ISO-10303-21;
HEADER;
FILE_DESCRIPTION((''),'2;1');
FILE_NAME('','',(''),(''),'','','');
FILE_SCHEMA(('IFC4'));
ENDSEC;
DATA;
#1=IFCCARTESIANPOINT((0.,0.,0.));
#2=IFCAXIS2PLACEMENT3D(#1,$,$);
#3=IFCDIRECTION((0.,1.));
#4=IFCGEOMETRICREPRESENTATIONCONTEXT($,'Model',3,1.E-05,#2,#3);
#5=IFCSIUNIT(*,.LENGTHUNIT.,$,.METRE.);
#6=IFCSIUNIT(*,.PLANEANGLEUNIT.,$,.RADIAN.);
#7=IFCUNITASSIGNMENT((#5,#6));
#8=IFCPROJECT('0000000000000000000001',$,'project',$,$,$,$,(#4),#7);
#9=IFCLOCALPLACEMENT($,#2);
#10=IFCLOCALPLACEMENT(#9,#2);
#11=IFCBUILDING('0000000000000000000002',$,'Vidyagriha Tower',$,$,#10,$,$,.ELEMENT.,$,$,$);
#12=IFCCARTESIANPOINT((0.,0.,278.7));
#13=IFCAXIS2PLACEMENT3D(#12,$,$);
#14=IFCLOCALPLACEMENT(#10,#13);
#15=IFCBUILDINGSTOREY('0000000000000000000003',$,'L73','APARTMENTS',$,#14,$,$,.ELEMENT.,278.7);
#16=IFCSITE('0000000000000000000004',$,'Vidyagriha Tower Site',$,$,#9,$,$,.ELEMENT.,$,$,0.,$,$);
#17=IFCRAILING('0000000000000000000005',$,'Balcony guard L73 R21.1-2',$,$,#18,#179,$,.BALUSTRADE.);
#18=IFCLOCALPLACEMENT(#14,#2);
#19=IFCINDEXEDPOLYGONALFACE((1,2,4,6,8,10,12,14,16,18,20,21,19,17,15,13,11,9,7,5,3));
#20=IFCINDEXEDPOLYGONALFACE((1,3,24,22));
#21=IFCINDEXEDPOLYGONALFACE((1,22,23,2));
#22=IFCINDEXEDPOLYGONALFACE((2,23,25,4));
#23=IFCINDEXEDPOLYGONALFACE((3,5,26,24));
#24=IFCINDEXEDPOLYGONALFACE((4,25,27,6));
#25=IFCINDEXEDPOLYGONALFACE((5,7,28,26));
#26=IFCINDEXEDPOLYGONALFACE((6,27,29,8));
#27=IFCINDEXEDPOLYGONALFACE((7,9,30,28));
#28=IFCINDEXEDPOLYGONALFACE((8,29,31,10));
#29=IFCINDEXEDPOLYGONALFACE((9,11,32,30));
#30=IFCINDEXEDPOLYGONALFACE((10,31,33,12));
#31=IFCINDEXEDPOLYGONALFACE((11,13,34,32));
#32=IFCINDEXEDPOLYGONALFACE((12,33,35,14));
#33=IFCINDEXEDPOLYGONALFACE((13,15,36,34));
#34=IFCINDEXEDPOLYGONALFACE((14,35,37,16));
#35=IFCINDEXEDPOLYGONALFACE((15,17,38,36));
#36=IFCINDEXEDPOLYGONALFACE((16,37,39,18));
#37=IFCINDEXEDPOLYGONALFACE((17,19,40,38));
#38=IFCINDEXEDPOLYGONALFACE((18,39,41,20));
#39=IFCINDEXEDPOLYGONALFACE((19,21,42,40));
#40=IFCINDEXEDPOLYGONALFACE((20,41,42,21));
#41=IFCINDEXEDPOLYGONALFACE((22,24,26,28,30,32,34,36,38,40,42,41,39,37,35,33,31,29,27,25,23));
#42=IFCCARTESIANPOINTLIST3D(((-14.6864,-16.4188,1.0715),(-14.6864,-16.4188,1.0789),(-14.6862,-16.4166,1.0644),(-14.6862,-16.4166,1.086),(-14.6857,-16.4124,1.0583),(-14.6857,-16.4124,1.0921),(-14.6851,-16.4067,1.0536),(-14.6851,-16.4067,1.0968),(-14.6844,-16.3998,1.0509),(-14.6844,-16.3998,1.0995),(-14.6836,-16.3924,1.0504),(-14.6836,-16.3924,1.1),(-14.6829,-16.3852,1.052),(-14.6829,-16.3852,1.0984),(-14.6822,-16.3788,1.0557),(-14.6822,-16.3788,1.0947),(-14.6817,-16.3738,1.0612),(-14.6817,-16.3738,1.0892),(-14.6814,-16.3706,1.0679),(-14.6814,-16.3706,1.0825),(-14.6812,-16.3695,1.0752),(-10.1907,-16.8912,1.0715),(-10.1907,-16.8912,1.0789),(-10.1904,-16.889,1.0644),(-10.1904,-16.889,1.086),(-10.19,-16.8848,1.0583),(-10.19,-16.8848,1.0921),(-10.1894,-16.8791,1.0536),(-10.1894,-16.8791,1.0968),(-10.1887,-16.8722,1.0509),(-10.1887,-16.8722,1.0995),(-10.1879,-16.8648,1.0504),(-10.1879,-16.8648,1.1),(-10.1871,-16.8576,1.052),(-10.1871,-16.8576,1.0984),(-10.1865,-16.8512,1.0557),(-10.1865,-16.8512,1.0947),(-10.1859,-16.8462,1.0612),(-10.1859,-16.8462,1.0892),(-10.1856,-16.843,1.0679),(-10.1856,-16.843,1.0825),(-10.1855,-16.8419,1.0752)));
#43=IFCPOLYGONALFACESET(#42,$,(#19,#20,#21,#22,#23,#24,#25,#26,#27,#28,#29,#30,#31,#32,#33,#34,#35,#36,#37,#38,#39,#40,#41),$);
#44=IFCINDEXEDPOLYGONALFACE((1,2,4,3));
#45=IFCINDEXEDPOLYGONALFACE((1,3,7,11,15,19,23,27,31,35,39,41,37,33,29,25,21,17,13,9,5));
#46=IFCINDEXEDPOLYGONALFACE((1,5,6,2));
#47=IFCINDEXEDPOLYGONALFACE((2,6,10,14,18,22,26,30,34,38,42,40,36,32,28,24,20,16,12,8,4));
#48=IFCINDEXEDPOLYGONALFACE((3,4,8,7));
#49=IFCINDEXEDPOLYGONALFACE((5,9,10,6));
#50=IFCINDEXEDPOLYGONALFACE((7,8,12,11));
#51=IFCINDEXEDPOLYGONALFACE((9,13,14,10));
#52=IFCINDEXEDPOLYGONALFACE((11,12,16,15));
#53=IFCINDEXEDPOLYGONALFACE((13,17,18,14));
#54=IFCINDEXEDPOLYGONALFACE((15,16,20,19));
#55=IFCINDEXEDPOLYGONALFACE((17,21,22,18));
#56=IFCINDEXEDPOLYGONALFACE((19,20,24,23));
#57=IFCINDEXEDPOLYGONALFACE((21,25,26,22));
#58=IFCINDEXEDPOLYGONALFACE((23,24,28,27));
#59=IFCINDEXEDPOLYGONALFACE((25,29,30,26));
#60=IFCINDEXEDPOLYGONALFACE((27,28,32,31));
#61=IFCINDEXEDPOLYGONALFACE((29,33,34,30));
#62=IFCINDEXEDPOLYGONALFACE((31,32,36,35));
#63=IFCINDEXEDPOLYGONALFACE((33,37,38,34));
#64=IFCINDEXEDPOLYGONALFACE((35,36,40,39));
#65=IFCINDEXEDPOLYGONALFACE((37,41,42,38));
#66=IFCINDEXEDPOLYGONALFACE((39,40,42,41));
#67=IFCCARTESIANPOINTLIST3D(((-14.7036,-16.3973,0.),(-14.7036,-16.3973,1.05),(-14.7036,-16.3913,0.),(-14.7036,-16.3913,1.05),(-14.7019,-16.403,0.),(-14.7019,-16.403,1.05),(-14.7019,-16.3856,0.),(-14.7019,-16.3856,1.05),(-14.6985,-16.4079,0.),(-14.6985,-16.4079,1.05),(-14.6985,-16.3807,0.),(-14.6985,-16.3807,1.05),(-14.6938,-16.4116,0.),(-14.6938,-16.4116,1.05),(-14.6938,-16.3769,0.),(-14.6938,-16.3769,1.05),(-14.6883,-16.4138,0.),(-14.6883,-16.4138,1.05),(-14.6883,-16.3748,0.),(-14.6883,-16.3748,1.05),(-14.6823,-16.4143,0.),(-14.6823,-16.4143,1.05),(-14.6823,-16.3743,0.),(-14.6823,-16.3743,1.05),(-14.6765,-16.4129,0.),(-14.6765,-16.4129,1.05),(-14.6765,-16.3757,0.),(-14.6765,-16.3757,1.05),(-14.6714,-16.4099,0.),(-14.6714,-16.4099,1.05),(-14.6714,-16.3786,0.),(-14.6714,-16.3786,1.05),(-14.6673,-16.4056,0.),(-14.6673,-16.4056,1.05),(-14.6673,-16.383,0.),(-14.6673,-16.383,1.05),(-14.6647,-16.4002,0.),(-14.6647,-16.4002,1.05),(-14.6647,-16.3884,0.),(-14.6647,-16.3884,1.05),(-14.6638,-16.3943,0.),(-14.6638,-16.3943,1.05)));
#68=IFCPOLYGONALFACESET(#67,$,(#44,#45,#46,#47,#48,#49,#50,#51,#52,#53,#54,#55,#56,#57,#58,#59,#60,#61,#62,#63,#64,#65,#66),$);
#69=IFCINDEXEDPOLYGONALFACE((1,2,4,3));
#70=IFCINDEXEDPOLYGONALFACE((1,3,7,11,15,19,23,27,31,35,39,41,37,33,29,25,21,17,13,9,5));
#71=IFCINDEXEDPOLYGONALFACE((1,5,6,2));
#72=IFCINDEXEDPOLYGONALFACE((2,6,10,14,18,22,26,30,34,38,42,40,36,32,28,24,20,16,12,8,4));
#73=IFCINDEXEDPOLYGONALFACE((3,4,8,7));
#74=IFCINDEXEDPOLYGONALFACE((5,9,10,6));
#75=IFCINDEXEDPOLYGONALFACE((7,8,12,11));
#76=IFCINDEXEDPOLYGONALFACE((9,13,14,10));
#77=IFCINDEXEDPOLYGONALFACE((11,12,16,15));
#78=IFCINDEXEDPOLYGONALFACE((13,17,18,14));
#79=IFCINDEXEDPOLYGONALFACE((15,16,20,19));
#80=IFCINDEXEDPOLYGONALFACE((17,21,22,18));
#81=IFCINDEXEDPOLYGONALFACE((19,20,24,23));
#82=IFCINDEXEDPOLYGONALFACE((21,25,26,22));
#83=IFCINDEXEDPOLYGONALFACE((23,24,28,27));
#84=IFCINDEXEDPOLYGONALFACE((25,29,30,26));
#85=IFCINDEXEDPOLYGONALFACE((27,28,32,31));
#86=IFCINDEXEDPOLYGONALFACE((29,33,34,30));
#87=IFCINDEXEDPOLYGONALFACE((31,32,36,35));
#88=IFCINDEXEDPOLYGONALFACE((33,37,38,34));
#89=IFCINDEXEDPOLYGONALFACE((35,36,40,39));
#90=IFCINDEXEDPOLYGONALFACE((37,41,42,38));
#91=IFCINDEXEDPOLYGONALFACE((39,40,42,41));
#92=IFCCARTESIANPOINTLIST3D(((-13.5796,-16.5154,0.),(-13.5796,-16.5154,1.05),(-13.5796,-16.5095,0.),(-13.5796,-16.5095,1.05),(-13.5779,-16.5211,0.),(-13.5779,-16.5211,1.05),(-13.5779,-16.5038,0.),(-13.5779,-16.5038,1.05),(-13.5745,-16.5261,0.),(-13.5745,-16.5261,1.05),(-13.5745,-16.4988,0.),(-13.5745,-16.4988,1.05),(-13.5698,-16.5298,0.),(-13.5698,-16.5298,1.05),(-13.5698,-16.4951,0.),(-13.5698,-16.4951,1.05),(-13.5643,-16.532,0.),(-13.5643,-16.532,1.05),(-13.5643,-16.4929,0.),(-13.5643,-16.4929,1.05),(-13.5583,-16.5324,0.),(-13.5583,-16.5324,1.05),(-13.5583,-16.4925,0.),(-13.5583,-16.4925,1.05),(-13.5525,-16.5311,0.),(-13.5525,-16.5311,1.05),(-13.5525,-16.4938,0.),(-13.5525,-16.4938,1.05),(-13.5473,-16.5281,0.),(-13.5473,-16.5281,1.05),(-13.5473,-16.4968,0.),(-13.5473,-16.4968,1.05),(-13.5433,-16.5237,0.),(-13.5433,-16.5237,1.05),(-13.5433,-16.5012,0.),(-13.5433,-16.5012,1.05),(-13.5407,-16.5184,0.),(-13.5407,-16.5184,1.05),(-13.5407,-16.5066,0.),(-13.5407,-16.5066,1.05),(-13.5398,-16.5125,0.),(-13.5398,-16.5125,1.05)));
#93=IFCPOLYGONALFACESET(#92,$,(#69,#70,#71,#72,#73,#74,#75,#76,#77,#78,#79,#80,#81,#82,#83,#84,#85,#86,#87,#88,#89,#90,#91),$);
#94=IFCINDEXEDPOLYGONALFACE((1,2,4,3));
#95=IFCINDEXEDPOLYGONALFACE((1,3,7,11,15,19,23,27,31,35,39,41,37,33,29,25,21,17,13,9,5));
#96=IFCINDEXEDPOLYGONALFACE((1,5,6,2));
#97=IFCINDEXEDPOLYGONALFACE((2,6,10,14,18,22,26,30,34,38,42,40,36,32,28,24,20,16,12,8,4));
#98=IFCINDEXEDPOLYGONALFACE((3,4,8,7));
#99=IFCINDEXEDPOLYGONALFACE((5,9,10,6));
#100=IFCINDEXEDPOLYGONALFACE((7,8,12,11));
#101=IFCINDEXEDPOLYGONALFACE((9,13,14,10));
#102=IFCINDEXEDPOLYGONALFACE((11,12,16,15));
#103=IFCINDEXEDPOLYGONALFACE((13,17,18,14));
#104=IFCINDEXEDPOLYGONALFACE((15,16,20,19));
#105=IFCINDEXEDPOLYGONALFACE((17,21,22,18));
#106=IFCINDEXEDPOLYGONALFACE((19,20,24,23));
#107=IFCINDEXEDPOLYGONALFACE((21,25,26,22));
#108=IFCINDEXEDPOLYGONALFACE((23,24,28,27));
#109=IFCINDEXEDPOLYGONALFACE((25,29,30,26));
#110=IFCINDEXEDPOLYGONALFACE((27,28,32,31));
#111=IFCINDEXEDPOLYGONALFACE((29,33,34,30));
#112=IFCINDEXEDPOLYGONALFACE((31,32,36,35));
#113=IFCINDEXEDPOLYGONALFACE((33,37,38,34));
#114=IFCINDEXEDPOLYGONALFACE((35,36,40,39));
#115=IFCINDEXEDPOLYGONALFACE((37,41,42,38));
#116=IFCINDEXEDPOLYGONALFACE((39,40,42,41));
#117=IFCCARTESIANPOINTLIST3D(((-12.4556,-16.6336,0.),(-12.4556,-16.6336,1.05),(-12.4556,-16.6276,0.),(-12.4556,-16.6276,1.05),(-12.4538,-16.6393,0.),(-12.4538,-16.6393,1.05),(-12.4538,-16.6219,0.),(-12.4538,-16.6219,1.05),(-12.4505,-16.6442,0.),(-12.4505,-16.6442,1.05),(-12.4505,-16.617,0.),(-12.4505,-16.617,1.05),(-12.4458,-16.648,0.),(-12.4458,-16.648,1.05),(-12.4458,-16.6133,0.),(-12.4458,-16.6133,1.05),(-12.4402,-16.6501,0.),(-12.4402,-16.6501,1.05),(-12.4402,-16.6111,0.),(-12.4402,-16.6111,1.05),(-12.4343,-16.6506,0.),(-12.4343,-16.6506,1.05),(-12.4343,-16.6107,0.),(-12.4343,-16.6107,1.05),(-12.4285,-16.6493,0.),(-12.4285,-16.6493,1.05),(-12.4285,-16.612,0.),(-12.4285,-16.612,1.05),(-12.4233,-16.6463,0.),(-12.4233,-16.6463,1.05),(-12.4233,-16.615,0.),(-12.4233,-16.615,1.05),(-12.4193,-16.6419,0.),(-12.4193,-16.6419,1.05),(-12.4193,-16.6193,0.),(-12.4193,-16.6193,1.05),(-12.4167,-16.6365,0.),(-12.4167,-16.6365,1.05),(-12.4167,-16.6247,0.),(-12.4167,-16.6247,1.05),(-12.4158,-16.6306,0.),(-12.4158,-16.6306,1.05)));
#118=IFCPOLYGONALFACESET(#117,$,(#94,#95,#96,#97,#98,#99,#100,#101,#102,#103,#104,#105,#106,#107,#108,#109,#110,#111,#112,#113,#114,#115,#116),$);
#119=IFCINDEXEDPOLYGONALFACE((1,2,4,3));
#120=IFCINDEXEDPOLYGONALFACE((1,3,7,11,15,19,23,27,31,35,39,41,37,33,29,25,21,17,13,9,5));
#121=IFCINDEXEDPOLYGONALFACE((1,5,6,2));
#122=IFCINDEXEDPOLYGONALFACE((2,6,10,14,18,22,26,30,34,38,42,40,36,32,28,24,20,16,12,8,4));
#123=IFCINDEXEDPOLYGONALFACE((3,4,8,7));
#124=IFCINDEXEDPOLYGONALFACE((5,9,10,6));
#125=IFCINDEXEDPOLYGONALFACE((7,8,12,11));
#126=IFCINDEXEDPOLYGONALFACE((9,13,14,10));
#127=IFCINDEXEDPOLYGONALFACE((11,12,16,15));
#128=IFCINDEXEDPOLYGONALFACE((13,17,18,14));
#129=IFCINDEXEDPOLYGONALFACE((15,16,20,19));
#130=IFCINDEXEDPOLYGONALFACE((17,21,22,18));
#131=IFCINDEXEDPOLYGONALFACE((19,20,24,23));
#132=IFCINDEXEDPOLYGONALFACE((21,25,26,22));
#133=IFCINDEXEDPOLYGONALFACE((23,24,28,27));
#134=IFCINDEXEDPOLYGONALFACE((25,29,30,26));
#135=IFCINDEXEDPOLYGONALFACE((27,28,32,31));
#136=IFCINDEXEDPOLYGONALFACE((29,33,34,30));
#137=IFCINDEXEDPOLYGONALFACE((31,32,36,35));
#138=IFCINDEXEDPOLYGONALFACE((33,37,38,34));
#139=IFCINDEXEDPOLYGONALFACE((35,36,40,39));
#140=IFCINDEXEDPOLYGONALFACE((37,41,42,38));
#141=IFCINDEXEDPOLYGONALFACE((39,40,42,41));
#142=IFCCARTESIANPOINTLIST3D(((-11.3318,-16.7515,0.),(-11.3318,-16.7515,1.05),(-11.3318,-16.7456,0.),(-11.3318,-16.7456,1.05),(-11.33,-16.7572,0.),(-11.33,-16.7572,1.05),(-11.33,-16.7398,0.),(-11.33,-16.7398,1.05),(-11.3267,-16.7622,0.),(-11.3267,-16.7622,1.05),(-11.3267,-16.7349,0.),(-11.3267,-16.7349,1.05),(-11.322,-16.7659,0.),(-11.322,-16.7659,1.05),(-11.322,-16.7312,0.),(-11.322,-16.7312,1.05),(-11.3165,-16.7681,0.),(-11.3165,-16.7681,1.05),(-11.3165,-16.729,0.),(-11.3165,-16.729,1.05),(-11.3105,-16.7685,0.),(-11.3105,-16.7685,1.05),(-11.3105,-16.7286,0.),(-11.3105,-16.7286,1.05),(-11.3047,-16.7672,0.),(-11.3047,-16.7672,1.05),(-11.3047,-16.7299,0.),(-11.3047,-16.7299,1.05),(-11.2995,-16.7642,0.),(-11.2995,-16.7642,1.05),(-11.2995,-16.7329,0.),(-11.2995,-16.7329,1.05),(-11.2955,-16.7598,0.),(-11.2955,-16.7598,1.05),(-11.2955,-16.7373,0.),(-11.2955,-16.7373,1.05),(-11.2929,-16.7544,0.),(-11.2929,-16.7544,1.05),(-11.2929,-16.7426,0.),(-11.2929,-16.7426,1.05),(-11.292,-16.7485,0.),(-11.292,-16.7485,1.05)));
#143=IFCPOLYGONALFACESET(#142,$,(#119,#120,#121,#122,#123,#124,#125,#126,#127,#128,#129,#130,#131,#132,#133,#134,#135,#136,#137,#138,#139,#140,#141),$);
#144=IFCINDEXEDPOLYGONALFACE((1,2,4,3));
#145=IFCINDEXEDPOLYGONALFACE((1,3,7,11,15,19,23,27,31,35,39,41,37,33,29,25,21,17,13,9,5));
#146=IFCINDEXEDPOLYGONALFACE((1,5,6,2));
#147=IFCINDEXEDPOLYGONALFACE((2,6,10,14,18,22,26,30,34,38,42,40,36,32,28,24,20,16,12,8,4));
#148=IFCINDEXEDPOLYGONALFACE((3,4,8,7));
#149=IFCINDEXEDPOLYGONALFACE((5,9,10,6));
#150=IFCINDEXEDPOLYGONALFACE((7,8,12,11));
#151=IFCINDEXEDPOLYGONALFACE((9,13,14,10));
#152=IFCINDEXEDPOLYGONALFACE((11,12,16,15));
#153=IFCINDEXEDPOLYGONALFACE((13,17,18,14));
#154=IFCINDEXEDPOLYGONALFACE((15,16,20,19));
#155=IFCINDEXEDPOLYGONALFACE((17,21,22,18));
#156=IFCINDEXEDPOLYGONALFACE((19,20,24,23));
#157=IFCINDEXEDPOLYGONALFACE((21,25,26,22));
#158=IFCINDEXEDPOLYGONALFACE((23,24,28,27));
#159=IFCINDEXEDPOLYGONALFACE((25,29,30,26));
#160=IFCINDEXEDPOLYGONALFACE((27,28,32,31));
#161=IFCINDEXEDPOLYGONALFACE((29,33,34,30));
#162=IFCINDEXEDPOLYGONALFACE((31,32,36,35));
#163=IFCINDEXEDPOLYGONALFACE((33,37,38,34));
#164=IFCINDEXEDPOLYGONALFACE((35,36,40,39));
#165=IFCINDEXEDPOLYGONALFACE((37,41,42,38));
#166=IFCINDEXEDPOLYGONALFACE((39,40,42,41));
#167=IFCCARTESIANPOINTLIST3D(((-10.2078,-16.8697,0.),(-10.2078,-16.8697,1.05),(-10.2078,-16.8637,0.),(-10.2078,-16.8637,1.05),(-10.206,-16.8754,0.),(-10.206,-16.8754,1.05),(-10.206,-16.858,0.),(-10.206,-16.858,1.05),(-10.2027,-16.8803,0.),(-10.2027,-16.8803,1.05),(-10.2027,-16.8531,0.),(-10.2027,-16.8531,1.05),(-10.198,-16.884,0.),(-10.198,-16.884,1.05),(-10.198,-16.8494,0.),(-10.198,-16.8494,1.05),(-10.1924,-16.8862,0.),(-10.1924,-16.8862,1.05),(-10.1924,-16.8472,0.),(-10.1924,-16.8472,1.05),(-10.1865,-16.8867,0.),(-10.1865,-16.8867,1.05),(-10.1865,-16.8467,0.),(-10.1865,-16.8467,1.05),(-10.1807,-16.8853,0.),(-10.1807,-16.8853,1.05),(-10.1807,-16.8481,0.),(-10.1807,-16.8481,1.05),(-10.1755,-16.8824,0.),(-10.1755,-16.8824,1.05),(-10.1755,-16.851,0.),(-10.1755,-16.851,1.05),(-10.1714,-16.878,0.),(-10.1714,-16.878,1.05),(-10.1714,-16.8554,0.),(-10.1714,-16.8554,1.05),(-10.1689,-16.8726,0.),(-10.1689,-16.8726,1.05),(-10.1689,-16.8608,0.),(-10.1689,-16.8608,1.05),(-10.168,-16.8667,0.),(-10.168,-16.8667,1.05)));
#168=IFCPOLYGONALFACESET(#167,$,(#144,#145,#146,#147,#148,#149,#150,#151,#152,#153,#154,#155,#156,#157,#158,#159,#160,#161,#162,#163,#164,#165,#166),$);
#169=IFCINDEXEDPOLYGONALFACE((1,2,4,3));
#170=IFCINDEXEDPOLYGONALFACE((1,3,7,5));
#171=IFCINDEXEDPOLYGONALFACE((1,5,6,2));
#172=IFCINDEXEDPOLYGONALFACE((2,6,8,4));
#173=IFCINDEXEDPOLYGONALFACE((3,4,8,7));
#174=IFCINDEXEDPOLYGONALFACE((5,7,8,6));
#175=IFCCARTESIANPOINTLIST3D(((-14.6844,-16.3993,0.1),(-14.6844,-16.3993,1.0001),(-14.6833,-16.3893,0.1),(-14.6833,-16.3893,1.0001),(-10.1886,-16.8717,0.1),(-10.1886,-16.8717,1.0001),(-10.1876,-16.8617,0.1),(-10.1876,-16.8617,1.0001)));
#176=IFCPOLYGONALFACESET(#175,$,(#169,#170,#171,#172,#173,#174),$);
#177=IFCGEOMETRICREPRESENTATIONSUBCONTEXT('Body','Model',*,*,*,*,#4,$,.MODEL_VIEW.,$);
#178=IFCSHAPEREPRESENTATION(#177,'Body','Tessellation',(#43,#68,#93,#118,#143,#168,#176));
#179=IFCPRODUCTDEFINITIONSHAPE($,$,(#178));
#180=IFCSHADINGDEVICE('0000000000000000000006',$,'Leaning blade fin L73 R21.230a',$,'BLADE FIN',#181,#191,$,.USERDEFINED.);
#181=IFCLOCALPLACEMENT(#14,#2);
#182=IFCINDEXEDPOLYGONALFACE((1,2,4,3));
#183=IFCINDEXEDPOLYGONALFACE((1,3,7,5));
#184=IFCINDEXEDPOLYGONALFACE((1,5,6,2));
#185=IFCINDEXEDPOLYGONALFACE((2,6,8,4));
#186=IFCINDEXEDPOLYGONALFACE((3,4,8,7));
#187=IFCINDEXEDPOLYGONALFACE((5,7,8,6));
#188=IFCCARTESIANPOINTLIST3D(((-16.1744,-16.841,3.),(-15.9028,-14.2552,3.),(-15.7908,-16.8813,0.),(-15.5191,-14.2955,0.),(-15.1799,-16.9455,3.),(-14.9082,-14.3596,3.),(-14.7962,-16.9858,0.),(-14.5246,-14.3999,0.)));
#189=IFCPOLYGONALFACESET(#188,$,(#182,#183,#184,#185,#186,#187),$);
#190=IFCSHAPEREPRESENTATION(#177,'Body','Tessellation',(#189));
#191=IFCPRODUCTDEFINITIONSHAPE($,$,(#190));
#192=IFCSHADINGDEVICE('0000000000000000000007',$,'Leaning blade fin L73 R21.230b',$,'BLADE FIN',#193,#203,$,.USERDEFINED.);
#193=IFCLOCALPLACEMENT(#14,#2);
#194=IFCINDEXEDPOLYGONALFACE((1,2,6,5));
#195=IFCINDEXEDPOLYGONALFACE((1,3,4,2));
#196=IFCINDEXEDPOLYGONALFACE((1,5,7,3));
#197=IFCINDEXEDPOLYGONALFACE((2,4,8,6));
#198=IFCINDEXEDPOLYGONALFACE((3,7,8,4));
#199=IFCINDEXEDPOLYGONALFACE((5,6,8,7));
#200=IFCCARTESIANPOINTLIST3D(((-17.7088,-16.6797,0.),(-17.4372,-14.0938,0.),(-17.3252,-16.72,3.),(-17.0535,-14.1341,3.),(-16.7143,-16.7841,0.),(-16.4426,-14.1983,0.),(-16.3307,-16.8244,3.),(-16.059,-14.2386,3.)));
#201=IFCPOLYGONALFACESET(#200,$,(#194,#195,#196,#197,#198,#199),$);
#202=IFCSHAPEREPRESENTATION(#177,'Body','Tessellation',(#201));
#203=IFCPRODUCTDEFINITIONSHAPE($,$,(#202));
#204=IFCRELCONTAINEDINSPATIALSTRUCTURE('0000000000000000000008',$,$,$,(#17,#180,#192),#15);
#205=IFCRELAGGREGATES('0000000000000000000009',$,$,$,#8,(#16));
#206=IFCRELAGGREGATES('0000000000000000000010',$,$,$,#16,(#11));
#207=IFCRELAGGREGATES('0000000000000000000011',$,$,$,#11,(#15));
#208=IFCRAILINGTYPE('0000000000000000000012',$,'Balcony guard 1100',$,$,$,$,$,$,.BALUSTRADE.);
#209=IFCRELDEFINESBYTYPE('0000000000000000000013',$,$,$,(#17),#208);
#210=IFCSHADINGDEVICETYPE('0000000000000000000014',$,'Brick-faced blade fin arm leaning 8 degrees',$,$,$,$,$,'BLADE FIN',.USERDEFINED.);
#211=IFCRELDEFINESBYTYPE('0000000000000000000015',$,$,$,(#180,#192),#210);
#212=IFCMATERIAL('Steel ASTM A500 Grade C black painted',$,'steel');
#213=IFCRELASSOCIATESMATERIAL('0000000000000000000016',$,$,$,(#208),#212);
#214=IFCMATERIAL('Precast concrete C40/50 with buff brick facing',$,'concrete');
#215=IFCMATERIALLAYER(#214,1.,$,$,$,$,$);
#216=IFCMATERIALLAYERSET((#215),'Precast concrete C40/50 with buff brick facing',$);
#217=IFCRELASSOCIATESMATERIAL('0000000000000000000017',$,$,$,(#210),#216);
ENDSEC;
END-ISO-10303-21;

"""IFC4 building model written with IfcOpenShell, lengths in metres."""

from ifc_helpers import new_model, si_unit, direction, frame, origin, origin_2d, place, context, subcontext, project, spatial, polyline, rectangle, circle, outline, extrude, material, layer, layer_set, type_object, element, save


model = new_model("IFC4")

# Units and contexts
model_context = context("Model", 3, precision=1e-05, world=origin(), true_north=direction((0.0, 1.0)))
body_context = subcontext(model_context, "Body", "Model", "MODEL_VIEW")
ifc_project = project(units=[si_unit("LENGTHUNIT", "METRE"), si_unit("PLANEANGLEUNIT", "RADIAN")], contexts=[model_context])

# Site, building, storey
site_placement = place(None, origin())
site = spatial("IfcSite", under=ifc_project, at=site_placement, Name="Vidyagriha Tower Site", CompositionType="ELEMENT", RefElevation=0.0)
building_placement = place(site_placement, origin())
building = spatial("IfcBuilding", under=site, at=building_placement, Name="Vidyagriha Tower", CompositionType="ELEMENT")
storey_placement = place(building_placement, frame((0.0, 0.0, 278.7)))
storey = spatial("IfcBuildingStorey", under=building, at=storey_placement, Name="L73", Description="APARTMENTS", CompositionType="ELEMENT", Elevation=278.7)

# Railing
ifc_material_1 = material(Name="Steel ASTM A500 Grade C black painted", Category="steel")
railing_type_1 = type_object("IfcRailingType", Name="Balcony guard 1100", PredefinedType="BALUSTRADE", material=ifc_material_1)
railing_1_placement = place(storey_placement, frame((-14.6838, -16.3943, 0.0)))
element("IfcRailing", 1, at=railing_1_placement, inside=storey, type_object=railing_type_1, Name="Balcony guard L73 R21.1-2", PredefinedType="BALUSTRADE", context=body_context, shape_type="SweptSolid", body=[
    extrude(circle(Radius=0.0249, at=origin_2d()), frame((0.0, 0.0, 1.0752), z_axis=(0.994525, -0.104502, 0.0), x_axis=(0.104502, 0.994525, 0.0)), (0.0, 0.0, 1.0), 4.5205),
    extrude(circle(Radius=0.02, at=origin_2d()), origin(), (0.0, 0.0, 1.0), 1.05),
    extrude(circle(Radius=0.02, at=origin_2d()), frame((1.124, -0.1182, 0.0)), (0.0, 0.0, 1.0), 1.05),
    extrude(circle(Radius=0.02, at=origin_2d()), frame((2.248, -0.2363, 0.0)), (0.0, 0.0, 1.0), 1.05),
    extrude(circle(Radius=0.02, at=origin_2d()), frame((3.3718, -0.3542, 0.0)), (0.0, 0.0, 1.0), 1.05),
    extrude(circle(Radius=0.02, at=origin_2d()), frame((4.4958, -0.4724, 0.0)), (0.0, 0.0, 1.0), 1.05),
    extrude(rectangle(XDim=0.01, YDim=0.9001, at=origin_2d()), frame((0.0, 0.0, 0.55), z_axis=(0.994525, -0.104502, 0.0), x_axis=(0.104502, 0.994525, 0.0)), (0.0, 0.0, 1.0), 4.5205),
])

# Shading devices
ifc_material_2 = material(Name="Precast concrete C40/50 with buff brick facing", Category="concrete")
ifc_layer_1 = layer(ifc_material_2, 1.0)
ifc_layer_set_1 = layer_set([ifc_layer_1], Name="Precast concrete C40/50 with buff brick facing")
shading_device_type = type_object("IfcShadingDeviceType", Name="Brick-faced blade fin arm leaning 8 degrees", ElementType="BLADE FIN", PredefinedType="USERDEFINED", material=ifc_layer_set_1)
shading_device_1_placement = place(storey_placement, frame((-16.0386, -15.5481, 0.0), z_axis=(0.0, 0.0, 1.0), x_axis=(0.994528, -0.104474, 0.0)))
element("IfcShadingDevice", 2, at=shading_device_1_placement, inside=storey, type_object=shading_device_type, Name="Leaning blade fin L73 R21.230a", ObjectType="BLADE FIN", PredefinedType="USERDEFINED", context=body_context, shape_type="SweptSolid", body=[
    extrude(outline(polyline([(0.3857, 0.0), (1.3857, 0.0), (1.0, 3.0), (0.0, 3.0), (0.3857, 0.0)])), frame((0.0, 1.3, 0.0), z_axis=(0.0, -1.0, 0.0), x_axis=(1.0, 0.0, 0.0)), (0.0, 0.0, 1.0), 2.6001),
])
shading_device_2_placement = place(storey_placement, frame((-17.573, -15.3867, 0.0), z_axis=(0.0, 0.0, 1.0), x_axis=(0.994528, -0.104474, 0.0)))
element("IfcShadingDevice", 3, at=shading_device_2_placement, inside=storey, type_object=shading_device_type, Name="Leaning blade fin L73 R21.230b", ObjectType="BLADE FIN", PredefinedType="USERDEFINED", context=body_context, shape_type="SweptSolid", body=[
    extrude(outline(polyline([(0.0, 0.0), (1.0, 0.0), (1.3857, 3.0), (0.3857, 3.0), (0.0, 0.0)])), frame((0.0, 1.3, 0.0), z_axis=(0.0, -1.0, 0.0), x_axis=(1.0, 0.0, 0.0)), (0.0, 0.0, 1.0), 2.6001),
])

save(model, "model.ifc")
